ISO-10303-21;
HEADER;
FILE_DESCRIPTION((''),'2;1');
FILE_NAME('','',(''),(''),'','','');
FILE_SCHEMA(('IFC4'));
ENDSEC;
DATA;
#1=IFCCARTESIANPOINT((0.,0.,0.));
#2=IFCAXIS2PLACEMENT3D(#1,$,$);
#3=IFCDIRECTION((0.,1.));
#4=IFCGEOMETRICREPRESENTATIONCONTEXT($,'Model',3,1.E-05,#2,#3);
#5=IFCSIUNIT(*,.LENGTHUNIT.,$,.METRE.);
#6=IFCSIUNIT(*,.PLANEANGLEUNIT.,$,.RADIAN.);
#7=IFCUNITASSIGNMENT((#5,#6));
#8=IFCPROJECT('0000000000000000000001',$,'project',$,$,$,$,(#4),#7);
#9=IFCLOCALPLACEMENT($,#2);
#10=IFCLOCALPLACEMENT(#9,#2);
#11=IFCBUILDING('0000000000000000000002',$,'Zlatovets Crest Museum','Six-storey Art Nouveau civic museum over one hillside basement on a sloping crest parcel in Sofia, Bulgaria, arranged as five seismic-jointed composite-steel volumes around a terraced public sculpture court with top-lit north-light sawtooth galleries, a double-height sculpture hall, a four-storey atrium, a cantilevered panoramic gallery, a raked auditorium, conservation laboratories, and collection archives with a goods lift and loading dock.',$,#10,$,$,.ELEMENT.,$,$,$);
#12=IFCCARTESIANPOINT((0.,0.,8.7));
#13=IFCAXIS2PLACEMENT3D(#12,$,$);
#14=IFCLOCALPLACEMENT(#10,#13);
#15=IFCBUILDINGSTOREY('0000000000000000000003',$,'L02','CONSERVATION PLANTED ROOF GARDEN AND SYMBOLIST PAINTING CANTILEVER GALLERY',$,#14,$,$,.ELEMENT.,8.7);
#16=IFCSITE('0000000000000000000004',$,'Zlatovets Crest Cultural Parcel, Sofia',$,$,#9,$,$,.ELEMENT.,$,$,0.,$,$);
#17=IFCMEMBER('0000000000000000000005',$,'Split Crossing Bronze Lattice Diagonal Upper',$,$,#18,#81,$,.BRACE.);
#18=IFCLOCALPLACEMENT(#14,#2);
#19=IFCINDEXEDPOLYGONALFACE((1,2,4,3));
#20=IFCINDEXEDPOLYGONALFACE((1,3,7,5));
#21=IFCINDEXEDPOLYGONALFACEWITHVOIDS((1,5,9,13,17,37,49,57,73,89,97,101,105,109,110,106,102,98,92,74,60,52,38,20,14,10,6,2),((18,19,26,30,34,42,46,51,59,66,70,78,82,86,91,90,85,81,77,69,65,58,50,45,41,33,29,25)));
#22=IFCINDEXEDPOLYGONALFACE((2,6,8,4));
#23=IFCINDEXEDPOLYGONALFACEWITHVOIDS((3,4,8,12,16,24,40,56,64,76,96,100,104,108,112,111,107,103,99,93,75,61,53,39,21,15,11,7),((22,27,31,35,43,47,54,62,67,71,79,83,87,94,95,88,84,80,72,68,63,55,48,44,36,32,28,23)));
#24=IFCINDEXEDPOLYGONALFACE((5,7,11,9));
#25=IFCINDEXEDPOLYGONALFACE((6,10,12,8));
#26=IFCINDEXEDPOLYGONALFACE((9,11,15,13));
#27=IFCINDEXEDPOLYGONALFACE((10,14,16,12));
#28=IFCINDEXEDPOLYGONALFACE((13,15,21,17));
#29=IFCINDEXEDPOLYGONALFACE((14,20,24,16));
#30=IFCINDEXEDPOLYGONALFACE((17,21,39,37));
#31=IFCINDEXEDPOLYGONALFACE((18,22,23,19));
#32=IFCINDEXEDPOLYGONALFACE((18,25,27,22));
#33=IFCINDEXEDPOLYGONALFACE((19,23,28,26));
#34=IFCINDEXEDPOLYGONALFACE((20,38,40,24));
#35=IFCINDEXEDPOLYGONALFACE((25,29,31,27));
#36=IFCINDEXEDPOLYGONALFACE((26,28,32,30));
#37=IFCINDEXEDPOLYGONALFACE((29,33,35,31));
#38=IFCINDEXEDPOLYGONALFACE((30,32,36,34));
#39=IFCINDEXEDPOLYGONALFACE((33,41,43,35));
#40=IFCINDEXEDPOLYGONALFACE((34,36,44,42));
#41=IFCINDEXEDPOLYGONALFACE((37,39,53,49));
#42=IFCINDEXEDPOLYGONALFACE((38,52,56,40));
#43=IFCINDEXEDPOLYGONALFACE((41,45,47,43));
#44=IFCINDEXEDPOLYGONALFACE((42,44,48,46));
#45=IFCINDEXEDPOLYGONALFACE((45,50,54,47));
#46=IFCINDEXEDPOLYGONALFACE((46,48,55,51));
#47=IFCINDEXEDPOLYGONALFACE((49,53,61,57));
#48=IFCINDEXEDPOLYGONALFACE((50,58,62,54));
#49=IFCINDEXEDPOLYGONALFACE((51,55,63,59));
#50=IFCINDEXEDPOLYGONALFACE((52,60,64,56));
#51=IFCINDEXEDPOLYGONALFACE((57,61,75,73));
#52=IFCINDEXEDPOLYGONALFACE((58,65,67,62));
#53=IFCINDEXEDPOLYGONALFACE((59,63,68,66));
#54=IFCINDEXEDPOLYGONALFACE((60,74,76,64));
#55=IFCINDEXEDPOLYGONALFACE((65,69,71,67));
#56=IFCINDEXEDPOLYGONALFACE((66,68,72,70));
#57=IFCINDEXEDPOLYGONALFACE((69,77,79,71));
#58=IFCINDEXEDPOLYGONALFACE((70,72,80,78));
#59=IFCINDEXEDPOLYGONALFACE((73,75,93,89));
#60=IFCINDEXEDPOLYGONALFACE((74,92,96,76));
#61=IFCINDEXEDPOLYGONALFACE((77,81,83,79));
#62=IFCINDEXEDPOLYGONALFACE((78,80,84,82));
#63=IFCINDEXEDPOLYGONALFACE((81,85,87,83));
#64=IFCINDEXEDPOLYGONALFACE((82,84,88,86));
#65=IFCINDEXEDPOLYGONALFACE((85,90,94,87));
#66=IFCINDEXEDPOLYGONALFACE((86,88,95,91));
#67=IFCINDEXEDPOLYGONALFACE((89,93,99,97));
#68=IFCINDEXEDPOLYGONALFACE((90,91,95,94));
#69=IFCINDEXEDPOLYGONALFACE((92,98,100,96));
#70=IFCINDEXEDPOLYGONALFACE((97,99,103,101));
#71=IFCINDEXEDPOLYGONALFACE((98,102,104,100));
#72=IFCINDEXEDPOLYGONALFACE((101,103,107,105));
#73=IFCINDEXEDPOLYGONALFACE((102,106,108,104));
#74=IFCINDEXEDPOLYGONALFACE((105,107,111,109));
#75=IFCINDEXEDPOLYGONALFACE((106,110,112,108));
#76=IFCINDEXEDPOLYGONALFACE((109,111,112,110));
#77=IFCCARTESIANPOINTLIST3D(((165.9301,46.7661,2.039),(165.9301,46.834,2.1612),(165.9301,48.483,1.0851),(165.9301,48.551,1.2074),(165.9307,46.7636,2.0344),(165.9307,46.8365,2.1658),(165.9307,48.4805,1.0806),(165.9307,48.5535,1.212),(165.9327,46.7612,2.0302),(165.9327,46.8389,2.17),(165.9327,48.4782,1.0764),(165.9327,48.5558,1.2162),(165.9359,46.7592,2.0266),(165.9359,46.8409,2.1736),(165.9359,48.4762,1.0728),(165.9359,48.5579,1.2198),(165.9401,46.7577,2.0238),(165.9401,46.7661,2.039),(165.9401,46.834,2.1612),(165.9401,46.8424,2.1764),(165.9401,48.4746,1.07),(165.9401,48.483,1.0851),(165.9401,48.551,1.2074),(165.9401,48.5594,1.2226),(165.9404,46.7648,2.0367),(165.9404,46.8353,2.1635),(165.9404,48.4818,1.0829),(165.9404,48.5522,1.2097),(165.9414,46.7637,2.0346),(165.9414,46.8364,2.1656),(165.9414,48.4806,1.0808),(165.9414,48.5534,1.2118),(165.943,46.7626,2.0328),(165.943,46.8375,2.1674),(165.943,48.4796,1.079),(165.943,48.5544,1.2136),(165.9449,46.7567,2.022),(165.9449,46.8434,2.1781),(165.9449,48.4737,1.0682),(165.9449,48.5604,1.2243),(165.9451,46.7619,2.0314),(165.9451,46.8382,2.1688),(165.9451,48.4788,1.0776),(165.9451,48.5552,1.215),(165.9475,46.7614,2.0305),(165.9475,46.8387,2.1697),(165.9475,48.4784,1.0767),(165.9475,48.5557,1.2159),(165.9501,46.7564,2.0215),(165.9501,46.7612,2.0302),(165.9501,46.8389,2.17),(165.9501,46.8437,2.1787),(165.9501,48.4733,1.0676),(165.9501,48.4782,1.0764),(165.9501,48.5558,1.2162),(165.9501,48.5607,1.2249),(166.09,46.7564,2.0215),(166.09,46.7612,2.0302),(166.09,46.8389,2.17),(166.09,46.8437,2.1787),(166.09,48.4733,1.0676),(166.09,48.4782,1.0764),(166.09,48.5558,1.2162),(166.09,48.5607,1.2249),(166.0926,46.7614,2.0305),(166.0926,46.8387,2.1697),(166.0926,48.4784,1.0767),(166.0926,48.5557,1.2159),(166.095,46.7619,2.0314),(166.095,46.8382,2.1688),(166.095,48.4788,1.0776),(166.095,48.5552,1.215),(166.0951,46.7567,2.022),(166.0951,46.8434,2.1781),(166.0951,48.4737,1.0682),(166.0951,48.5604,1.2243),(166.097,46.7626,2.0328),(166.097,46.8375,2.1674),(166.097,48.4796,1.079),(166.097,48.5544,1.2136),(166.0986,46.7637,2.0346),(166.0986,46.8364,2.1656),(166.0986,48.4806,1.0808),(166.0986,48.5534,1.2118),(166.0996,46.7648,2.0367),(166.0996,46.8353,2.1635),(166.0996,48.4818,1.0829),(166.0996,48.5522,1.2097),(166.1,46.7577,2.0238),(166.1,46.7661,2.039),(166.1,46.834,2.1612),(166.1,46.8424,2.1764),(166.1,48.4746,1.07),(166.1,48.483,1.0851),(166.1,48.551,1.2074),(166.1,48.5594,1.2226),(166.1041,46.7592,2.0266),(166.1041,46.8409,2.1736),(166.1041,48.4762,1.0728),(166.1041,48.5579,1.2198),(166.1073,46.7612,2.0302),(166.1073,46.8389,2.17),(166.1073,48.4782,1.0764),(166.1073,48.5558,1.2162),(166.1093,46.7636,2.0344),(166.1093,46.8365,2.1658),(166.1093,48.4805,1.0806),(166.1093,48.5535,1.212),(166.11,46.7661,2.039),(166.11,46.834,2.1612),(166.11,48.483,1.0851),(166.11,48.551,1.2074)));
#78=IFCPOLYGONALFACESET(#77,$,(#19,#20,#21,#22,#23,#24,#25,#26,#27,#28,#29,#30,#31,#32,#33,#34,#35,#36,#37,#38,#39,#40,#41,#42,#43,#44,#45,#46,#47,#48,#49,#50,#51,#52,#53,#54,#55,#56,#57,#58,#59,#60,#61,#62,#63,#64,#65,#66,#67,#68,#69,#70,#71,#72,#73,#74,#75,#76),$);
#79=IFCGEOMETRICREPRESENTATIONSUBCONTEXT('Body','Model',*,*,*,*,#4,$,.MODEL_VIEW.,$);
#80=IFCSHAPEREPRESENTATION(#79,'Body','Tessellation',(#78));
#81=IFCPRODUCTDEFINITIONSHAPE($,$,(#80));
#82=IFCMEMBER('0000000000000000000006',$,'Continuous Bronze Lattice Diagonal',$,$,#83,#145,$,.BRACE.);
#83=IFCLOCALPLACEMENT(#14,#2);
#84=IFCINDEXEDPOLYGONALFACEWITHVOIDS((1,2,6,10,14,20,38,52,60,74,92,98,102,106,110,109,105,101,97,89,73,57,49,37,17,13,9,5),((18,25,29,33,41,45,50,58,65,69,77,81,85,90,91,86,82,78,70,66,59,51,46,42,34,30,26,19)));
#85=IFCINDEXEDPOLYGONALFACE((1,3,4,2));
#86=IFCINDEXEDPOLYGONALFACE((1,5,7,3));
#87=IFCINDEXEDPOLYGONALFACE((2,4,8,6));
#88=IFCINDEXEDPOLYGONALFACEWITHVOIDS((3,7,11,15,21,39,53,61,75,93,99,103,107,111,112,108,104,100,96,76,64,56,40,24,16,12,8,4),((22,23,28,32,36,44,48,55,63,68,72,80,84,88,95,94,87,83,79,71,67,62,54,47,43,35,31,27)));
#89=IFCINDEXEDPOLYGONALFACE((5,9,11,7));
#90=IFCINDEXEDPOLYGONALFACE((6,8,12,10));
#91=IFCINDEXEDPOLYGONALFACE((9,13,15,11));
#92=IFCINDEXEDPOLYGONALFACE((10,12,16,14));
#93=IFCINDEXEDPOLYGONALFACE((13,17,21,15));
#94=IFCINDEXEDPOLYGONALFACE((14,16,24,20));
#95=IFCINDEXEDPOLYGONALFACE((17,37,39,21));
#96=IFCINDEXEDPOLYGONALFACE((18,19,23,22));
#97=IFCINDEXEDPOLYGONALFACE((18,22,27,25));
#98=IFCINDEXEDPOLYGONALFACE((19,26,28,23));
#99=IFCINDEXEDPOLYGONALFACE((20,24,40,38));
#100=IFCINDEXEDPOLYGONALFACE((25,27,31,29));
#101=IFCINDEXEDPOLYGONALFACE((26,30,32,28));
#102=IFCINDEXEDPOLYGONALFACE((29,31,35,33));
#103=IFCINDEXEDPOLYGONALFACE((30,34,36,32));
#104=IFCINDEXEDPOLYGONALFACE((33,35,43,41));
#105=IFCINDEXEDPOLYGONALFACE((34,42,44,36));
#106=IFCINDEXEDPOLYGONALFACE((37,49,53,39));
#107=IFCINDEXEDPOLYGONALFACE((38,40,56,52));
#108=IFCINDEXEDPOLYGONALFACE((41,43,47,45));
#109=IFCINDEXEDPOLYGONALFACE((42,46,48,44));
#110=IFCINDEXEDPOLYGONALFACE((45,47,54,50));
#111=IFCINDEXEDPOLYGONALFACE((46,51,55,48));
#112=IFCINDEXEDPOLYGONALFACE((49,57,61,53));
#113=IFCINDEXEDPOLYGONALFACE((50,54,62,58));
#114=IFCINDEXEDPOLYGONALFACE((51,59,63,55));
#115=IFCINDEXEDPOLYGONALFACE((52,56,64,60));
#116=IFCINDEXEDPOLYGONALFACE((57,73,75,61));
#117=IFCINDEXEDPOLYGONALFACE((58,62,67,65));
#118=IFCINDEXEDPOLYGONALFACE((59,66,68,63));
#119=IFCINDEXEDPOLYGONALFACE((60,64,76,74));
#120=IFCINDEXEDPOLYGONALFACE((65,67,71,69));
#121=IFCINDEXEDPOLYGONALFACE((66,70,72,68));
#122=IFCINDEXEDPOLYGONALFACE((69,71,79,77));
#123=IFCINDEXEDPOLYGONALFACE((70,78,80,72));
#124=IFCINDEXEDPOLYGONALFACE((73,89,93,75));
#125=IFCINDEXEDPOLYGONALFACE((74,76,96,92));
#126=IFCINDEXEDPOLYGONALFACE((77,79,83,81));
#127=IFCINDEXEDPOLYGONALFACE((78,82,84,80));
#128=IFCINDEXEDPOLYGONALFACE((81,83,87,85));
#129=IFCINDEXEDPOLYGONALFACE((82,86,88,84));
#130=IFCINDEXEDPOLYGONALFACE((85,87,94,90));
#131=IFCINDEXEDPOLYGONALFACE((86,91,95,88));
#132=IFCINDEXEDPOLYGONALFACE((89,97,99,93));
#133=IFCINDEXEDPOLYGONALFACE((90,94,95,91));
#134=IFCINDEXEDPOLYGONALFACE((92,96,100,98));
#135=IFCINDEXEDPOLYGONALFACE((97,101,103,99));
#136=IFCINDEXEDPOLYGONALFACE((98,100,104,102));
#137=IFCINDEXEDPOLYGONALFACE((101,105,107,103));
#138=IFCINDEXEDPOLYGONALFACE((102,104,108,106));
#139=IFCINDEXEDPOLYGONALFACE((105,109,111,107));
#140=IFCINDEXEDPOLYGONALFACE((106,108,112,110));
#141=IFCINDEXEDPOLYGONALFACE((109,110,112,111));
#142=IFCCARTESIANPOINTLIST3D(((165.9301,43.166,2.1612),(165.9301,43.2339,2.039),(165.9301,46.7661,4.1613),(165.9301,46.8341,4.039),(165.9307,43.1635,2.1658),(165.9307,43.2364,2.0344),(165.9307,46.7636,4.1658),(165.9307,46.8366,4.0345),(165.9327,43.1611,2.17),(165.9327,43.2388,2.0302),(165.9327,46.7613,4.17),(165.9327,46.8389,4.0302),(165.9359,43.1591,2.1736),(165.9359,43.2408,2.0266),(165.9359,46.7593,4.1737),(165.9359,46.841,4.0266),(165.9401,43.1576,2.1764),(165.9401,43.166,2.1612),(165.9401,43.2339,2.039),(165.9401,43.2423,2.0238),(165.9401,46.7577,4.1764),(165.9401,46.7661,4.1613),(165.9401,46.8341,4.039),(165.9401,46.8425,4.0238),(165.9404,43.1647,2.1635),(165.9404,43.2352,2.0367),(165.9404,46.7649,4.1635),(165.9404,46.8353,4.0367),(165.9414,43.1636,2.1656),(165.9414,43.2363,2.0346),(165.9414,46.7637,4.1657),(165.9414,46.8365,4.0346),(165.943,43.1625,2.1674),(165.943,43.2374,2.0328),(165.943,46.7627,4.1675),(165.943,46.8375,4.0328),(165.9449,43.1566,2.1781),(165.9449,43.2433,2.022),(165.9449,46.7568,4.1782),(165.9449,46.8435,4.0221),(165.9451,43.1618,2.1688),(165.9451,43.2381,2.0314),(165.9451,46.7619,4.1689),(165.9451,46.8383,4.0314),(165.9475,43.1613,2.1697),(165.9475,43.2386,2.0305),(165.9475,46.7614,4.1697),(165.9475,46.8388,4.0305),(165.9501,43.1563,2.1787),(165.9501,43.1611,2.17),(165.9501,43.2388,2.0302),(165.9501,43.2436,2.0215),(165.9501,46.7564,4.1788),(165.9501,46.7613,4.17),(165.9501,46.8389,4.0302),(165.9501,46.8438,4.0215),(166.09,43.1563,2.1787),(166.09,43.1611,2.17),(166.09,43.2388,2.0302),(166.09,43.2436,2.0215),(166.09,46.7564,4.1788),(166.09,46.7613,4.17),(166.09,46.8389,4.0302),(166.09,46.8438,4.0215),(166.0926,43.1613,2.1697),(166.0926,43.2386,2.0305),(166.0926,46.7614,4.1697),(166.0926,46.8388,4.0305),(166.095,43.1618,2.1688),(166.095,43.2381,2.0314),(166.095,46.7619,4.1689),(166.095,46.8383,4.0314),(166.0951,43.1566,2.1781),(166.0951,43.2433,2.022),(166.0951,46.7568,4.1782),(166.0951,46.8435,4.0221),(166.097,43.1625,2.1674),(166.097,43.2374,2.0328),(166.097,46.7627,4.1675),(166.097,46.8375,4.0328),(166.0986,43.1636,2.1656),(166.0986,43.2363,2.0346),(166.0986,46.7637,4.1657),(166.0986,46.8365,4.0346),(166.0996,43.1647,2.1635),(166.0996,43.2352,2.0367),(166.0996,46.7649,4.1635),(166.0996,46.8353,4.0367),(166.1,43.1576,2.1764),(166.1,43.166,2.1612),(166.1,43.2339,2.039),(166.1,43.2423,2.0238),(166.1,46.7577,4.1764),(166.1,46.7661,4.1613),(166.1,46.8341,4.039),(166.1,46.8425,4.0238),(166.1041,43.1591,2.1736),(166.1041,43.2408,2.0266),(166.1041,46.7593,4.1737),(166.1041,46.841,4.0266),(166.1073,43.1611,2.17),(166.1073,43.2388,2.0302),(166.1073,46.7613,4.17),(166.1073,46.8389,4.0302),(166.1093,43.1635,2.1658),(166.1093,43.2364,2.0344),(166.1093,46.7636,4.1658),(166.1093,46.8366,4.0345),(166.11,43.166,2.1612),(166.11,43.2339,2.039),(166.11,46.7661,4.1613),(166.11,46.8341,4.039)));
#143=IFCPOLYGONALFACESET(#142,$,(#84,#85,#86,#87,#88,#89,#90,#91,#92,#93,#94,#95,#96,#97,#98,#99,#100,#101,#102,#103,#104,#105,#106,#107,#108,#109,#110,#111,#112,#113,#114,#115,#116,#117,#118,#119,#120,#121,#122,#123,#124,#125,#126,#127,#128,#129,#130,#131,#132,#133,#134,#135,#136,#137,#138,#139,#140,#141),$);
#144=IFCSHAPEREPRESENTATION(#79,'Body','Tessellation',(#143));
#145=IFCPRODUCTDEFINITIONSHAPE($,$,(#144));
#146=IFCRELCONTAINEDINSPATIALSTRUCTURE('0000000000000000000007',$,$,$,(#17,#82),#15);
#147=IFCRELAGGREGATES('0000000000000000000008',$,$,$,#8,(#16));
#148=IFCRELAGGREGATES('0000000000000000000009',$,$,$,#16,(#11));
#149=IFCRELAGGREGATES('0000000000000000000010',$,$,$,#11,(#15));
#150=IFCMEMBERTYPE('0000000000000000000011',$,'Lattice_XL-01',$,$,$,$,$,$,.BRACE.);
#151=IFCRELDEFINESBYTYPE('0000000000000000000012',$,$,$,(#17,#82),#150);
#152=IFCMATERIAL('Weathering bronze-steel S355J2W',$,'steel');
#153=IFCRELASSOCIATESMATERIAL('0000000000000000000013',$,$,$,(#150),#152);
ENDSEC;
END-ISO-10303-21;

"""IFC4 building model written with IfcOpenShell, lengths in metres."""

from ifc_helpers import new_model, si_unit, direction, frame, origin, origin_2d, place, context, subcontext, project, spatial, hollow_rectangle, extrude, material, material_profile, profile_set, type_object, element, save


model = new_model("IFC4")

# Units and contexts
model_context = context("Model", 3, precision=1e-05, world=origin(), true_north=direction((0.0, 1.0)))
body_context = subcontext(model_context, "Body", "Model", "MODEL_VIEW")
ifc_project = project(units=[si_unit("LENGTHUNIT", "METRE"), si_unit("PLANEANGLEUNIT", "RADIAN")], contexts=[model_context])

# Site, building, storey
site_placement = place(None, origin())
site = spatial("IfcSite", under=ifc_project, at=site_placement, Name="Zlatovets Crest Cultural Parcel, Sofia", CompositionType="ELEMENT", RefElevation=0.0)
building_placement = place(site_placement, origin())
building = spatial("IfcBuilding", under=site, at=building_placement, Name="Zlatovets Crest Museum", Description="Six-storey Art Nouveau civic museum over one hillside basement on a sloping crest parcel in Sofia, Bulgaria, arranged as five seismic-jointed composite-steel volumes around a terraced public sculpture court with top-lit north-light sawtooth galleries, a double-height sculpture hall, a four-storey atrium, a cantilevered panoramic gallery, a raked auditorium, conservation laboratories, and collection archives with a goods lift and loading dock.", CompositionType="ELEMENT")
storey_placement = place(building_placement, frame((0.0, 0.0, 8.7)))
storey = spatial("IfcBuildingStorey", under=building, at=storey_placement, Name="L02", Description="CONSERVATION PLANTED ROOF GARDEN AND SYMBOLIST PAINTING CANTILEVER GALLERY", CompositionType="ELEMENT", Elevation=8.7)

# Members
ifc_material_1 = material(Name="Weathering bronze-steel S355J2W", Category="steel")
ifc_material_profile_1 = material_profile(ifc_material_1, hollow_rectangle(XDim=0.1799, YDim=0.1799, WallThickness=0.01, InnerFilletRadius=0.01, OuterFilletRadius=0.02, at=origin_2d()), Name="SHS 180x180x10.0")
ifc_profile_set_1 = profile_set([ifc_material_profile_1], Name="Weathering bronze-steel S355J2W")
member_type_1 = type_object("IfcMemberType", Name="Lattice_XL-01", PredefinedType="BRACE", material=ifc_profile_set_1)
member_1_placement = place(storey_placement, frame((166.02, 46.8, 2.1001), z_axis=(0.0, 0.874169, -0.485622), x_axis=(-1.0, 0.0, 0.0)))
element("IfcMember", 1, at=member_1_placement, inside=storey, type_object=member_type_1, Name="Split Crossing Bronze Lattice Diagonal Upper", PredefinedType="BRACE", context=body_context, shape_type="SweptSolid", body=[
    extrude(hollow_rectangle(XDim=0.1799, YDim=0.1799, WallThickness=0.01, InnerFilletRadius=0.01, OuterFilletRadius=0.02, at=origin_2d()), origin(), (0.0, 0.0, 1.0), 1.9641),
])
member_2_placement = place(storey_placement, frame((166.02, 43.2, 2.1001), z_axis=(0.0, 0.874163, 0.485633), x_axis=(-1.0, 0.0, 0.0)))
element("IfcMember", 2, at=member_2_placement, inside=storey, type_object=member_type_1, Name="Continuous Bronze Lattice Diagonal", PredefinedType="BRACE", context=body_context, shape_type="SweptSolid", body=[
    extrude(hollow_rectangle(XDim=0.1799, YDim=0.1799, WallThickness=0.01, InnerFilletRadius=0.01, OuterFilletRadius=0.02, at=origin_2d()), origin(), (0.0, 0.0, 1.0), 4.1184),
])

save(model, "model.ifc")
